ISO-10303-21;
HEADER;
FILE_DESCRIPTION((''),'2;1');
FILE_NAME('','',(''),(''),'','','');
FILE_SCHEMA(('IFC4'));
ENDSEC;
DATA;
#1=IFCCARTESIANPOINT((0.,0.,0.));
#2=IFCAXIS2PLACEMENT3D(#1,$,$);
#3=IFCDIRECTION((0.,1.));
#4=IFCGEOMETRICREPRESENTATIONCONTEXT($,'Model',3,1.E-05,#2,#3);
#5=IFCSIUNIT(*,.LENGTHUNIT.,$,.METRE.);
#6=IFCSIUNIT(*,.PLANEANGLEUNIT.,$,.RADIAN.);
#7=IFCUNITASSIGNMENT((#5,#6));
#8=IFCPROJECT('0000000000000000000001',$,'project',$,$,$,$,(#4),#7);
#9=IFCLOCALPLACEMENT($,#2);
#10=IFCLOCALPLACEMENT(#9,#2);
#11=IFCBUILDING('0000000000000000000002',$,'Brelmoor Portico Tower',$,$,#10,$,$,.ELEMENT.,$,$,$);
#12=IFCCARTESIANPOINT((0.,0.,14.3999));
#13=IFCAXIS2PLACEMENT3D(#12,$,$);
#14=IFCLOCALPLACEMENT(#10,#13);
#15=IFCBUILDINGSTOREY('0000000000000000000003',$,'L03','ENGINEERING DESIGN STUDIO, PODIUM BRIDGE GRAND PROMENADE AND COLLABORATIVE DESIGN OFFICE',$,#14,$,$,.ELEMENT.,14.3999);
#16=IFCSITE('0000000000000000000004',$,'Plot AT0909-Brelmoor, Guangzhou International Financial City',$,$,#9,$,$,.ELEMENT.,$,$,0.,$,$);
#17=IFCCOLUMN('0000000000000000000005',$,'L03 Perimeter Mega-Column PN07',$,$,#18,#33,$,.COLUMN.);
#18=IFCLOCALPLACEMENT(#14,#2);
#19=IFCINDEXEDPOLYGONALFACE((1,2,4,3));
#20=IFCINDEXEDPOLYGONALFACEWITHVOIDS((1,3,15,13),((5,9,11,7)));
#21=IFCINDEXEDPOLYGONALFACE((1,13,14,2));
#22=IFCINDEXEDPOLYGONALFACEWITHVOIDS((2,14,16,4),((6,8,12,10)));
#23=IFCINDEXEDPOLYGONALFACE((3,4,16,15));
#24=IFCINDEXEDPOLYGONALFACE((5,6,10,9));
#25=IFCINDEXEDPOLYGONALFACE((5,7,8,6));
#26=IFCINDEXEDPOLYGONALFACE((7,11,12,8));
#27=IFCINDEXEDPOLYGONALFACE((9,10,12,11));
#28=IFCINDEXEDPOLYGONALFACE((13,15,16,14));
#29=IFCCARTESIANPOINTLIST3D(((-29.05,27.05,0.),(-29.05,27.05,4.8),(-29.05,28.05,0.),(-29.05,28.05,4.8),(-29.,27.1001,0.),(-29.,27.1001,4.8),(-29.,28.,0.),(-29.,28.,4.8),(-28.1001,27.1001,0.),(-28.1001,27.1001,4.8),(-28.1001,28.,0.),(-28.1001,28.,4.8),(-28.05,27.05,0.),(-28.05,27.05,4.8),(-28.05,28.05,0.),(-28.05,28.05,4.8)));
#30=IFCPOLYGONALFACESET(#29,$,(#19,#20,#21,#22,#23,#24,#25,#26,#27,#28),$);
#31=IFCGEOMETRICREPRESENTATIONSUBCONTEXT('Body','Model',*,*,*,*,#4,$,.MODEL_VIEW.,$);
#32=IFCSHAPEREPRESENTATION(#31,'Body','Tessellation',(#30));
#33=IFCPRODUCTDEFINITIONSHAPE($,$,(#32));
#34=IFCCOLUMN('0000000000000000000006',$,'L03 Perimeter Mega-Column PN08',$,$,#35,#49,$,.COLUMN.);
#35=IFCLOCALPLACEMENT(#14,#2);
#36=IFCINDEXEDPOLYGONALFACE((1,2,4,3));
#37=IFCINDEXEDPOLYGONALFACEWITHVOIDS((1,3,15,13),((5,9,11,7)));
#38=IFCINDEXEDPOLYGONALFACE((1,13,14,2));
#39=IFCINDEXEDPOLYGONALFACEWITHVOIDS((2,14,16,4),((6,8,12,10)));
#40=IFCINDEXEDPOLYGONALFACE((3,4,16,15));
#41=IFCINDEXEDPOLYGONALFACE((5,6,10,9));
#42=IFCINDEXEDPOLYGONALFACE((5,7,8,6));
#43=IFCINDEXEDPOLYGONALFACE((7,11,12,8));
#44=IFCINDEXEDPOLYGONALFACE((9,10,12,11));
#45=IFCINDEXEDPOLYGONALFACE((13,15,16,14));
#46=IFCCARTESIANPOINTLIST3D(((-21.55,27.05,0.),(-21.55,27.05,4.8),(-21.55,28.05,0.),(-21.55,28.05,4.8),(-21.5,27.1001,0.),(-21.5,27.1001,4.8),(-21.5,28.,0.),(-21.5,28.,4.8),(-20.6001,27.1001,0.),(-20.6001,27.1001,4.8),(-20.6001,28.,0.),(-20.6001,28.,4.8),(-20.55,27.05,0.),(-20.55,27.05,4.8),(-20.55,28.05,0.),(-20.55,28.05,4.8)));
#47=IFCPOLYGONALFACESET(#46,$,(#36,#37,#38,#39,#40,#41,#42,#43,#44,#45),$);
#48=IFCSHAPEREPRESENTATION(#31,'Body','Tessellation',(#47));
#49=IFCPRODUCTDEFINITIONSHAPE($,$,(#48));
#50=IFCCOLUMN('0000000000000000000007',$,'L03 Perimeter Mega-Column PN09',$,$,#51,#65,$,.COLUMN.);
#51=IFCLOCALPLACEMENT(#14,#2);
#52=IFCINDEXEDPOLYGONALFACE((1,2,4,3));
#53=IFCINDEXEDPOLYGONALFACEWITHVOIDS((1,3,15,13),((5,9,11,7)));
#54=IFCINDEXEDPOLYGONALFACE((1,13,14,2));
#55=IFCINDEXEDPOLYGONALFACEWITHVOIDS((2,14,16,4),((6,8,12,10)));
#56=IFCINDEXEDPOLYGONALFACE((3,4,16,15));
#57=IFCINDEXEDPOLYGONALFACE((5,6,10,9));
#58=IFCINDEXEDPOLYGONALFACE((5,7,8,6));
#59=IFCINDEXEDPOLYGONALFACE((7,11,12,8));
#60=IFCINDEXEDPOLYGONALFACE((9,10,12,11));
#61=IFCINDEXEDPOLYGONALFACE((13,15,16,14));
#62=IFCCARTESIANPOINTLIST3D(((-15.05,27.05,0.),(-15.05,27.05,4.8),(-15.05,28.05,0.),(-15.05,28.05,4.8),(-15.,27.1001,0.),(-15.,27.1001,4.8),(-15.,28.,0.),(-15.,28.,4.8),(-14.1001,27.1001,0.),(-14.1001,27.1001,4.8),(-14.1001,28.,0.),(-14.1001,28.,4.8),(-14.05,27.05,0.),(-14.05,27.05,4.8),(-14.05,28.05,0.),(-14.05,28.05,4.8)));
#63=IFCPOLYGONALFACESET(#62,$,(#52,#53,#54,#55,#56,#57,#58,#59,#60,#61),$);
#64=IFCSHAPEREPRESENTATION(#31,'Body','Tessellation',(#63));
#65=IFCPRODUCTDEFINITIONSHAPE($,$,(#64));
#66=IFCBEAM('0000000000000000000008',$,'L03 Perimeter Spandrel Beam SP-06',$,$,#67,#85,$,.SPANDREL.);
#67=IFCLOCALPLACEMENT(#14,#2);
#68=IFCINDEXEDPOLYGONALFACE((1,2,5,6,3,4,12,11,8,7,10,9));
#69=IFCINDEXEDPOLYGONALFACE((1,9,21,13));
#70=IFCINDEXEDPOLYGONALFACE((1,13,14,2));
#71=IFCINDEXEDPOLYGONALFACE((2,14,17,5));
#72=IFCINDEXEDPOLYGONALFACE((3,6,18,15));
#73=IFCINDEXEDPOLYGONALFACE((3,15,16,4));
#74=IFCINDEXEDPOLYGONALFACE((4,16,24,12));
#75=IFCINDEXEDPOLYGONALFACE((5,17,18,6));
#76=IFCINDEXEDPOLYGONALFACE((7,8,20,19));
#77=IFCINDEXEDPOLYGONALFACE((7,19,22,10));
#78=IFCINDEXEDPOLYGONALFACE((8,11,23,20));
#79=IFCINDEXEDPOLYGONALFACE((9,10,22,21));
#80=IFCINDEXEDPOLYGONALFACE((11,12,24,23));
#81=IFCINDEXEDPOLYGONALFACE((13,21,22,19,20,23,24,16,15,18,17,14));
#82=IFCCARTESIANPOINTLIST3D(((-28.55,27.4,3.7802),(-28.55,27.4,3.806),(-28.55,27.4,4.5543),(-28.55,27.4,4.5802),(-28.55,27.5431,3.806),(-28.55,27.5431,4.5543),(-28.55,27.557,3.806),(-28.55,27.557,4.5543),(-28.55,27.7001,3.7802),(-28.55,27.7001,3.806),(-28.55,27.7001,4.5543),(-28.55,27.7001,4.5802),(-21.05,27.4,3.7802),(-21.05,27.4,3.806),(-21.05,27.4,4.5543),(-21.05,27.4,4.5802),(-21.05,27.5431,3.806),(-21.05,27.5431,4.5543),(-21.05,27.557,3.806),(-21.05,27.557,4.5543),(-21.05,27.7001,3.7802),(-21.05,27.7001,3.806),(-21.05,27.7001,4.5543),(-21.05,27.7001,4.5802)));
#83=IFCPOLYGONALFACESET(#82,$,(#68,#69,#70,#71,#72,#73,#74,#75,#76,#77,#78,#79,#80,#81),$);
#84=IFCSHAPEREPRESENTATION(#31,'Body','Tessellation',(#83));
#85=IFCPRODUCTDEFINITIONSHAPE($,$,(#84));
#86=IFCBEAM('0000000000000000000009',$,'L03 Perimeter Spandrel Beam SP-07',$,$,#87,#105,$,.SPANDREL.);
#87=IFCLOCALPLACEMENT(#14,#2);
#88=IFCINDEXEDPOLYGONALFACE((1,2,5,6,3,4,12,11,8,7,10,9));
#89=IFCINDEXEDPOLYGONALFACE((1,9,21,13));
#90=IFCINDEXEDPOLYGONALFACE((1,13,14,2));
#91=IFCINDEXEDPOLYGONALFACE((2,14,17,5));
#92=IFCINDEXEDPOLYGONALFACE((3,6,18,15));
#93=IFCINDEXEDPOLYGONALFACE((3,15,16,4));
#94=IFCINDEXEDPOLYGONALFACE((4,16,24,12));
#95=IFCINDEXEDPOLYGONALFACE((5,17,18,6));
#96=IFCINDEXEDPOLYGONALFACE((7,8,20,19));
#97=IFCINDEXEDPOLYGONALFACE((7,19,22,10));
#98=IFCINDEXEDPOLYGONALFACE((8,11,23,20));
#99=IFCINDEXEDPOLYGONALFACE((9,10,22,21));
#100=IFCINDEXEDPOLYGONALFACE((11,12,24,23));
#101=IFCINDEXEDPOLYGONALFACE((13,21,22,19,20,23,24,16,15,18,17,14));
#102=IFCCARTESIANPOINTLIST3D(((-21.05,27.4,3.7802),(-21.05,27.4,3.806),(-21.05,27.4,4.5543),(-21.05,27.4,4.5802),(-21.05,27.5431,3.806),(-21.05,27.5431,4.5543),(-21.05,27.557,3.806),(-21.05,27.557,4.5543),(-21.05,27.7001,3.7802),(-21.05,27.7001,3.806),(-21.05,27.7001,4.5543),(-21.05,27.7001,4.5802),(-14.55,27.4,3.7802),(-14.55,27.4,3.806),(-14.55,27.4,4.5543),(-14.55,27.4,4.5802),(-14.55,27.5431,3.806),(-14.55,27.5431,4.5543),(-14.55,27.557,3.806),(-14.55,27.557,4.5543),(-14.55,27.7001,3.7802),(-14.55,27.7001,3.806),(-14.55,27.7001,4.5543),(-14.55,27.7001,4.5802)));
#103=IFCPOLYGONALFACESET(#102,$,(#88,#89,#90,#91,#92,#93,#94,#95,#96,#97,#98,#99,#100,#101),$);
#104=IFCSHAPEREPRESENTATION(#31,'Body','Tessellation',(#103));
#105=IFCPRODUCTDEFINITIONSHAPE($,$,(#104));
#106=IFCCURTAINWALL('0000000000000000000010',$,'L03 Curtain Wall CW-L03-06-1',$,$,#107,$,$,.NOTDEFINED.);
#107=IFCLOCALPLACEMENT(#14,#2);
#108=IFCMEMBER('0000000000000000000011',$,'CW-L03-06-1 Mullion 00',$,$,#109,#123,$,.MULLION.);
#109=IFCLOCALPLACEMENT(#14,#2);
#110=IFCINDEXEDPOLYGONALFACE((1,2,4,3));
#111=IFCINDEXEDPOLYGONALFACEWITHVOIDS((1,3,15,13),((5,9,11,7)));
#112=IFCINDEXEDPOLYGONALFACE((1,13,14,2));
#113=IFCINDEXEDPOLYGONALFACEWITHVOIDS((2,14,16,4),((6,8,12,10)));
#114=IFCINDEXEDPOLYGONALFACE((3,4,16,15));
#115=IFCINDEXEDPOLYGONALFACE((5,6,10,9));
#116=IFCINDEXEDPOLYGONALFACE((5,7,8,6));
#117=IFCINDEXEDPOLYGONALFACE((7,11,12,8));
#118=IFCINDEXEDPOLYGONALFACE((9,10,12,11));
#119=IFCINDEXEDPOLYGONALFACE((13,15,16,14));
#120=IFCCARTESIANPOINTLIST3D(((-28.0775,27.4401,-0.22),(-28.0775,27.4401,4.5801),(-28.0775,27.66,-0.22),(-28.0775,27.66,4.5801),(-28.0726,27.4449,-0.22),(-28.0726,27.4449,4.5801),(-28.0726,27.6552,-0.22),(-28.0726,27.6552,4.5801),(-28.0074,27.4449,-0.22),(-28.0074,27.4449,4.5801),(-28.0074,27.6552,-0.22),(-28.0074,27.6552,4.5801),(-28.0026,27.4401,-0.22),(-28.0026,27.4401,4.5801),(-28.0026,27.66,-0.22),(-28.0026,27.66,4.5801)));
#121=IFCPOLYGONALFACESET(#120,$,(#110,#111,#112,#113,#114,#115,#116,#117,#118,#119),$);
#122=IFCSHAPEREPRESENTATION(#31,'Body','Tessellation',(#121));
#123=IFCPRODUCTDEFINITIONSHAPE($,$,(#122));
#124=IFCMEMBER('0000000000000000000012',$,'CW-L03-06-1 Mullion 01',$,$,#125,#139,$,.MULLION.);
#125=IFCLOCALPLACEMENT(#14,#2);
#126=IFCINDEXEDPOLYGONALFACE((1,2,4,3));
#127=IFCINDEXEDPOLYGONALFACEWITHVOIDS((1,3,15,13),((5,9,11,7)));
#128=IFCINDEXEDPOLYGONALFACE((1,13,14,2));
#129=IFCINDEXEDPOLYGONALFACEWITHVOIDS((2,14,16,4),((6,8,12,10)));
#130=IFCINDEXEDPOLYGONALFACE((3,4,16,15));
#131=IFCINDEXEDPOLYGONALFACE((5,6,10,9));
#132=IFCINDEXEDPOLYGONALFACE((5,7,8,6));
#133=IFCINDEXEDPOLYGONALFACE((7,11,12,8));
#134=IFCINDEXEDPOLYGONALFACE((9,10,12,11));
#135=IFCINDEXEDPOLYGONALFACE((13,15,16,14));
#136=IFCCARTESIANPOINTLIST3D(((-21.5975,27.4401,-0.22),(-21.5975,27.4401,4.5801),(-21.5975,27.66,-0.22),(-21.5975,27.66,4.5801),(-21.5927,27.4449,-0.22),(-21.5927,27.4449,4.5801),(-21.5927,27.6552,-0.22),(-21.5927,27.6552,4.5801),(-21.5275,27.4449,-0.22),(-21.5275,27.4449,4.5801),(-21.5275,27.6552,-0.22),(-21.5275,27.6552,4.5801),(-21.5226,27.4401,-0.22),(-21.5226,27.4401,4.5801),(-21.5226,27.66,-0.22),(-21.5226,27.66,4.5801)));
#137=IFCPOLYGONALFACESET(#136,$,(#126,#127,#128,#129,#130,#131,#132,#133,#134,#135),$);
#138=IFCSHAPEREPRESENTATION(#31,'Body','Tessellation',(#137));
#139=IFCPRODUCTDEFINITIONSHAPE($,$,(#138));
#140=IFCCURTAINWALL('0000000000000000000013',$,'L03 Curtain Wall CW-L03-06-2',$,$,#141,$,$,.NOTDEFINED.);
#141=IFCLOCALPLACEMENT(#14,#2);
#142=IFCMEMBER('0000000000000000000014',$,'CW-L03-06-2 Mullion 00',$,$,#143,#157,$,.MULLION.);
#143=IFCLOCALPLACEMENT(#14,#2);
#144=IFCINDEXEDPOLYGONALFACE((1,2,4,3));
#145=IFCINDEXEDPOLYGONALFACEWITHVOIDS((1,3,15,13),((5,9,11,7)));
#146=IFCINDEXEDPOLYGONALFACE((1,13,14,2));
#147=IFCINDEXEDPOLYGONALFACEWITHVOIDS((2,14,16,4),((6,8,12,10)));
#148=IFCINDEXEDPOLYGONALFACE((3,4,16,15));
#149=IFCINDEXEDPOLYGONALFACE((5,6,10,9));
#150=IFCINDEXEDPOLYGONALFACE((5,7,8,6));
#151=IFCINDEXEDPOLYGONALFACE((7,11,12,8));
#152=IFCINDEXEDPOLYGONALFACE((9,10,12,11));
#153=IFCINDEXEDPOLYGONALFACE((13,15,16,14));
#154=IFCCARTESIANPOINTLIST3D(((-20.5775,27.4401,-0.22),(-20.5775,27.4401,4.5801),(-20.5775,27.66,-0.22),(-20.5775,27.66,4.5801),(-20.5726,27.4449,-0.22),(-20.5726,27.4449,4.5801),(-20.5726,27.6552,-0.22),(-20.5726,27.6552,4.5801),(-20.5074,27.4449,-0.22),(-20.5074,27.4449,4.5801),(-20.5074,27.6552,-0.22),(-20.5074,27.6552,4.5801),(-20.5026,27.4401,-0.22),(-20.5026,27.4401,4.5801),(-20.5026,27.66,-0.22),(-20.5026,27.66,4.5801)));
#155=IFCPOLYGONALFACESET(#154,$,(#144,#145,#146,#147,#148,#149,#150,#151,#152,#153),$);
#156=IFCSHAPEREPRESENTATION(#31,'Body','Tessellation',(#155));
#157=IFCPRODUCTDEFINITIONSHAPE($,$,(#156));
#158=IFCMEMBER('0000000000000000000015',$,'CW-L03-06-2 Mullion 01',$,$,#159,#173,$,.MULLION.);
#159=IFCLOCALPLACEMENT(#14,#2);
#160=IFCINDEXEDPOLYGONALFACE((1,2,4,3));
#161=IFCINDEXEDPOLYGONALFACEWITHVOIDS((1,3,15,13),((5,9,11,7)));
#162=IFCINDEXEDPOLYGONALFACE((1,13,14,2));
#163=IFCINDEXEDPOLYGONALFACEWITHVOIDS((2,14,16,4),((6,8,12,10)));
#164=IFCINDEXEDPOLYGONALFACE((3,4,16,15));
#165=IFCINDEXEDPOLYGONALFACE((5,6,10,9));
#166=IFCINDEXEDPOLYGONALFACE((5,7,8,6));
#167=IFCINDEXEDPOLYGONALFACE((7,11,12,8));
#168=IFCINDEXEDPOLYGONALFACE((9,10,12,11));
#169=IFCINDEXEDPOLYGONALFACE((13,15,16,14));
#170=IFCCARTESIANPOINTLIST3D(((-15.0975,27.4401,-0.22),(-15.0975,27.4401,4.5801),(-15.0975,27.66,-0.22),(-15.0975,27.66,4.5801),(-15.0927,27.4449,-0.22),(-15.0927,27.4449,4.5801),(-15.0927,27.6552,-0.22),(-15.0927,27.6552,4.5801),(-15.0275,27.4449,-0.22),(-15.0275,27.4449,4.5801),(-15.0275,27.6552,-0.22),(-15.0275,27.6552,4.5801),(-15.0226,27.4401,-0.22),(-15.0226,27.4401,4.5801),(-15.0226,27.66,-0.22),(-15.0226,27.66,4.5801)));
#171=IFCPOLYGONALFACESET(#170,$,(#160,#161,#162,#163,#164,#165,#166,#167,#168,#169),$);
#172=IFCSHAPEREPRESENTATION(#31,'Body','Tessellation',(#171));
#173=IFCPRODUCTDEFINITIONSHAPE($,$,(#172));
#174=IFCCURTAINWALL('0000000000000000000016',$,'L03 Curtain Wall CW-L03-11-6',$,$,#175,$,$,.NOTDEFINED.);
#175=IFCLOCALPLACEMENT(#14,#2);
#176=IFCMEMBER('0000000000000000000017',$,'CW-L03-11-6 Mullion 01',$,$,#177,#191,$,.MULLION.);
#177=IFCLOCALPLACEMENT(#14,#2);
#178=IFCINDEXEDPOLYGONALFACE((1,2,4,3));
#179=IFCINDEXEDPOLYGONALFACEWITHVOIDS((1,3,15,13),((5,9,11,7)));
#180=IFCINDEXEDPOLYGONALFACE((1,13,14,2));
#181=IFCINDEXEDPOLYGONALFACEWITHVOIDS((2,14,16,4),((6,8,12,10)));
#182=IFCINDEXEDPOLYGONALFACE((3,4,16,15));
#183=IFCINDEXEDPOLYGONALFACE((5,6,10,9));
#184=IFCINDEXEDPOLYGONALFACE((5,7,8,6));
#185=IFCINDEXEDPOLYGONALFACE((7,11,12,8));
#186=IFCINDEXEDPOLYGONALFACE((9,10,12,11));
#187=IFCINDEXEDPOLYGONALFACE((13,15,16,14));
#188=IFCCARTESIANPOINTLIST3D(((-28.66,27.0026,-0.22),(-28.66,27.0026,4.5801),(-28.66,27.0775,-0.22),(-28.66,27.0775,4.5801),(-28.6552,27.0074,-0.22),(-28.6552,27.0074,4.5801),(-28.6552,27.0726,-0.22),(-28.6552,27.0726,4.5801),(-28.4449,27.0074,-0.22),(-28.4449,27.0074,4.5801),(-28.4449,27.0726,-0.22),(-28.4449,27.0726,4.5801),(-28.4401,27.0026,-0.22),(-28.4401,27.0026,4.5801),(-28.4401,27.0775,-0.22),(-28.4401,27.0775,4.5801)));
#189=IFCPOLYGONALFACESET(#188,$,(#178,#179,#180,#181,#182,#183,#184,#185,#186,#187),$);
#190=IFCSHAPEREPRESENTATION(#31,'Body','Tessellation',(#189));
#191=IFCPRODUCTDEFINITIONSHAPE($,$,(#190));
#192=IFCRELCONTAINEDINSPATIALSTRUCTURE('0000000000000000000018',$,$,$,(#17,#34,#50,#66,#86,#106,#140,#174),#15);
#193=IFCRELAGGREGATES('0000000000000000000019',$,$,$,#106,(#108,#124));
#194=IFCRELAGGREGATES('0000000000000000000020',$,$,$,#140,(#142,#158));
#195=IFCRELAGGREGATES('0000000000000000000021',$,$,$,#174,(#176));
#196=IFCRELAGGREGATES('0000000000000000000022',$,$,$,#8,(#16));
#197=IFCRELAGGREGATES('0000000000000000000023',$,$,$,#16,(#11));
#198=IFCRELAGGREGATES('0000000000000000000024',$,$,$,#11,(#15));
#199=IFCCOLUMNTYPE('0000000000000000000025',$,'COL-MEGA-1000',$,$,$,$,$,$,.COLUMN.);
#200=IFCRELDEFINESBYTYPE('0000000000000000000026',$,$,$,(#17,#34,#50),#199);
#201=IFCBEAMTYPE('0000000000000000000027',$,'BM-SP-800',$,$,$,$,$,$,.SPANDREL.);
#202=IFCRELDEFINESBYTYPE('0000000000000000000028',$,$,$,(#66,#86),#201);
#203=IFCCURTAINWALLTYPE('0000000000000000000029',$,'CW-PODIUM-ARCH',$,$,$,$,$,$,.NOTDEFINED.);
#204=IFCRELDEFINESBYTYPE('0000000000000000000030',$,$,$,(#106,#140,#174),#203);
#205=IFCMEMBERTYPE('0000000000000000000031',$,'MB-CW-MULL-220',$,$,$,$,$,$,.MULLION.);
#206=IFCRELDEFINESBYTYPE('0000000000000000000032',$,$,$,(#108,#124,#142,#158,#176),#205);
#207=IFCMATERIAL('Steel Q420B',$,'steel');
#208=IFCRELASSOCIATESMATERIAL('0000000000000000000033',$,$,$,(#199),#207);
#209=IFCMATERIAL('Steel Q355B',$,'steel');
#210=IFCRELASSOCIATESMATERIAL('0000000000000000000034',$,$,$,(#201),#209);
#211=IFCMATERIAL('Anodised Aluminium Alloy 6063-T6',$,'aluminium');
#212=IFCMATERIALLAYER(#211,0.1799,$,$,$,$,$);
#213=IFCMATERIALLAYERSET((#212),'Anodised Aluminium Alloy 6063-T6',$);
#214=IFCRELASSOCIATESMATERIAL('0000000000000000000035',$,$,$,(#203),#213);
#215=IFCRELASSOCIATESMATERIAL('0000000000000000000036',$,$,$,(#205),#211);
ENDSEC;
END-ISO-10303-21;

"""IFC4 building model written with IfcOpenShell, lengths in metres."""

from ifc_helpers import new_model, si_unit, direction, frame, origin, origin_2d, place, context, subcontext, project, spatial, hollow_rectangle, i_section, extrude, material, layer, layer_set, material_profile, profile_set, type_object, element, aggregate, save


model = new_model("IFC4")

# Units and contexts
model_context = context("Model", 3, precision=1e-05, world=origin(), true_north=direction((0.0, 1.0)))
body_context = subcontext(model_context, "Body", "Model", "MODEL_VIEW")
ifc_project = project(units=[si_unit("LENGTHUNIT", "METRE"), si_unit("PLANEANGLEUNIT", "RADIAN")], contexts=[model_context])

# Site, building, storey
site_placement = place(None, origin())
site = spatial("IfcSite", under=ifc_project, at=site_placement, Name="Plot AT0909-Brelmoor, Guangzhou International Financial City", CompositionType="ELEMENT", RefElevation=0.0)
building_placement = place(site_placement, origin())
building = spatial("IfcBuilding", under=site, at=building_placement, Name="Brelmoor Portico Tower", CompositionType="ELEMENT")
storey_placement = place(building_placement, frame((0.0, 0.0, 14.3999)))
storey = spatial("IfcBuildingStorey", under=building, at=storey_placement, Name="L03", Description="ENGINEERING DESIGN STUDIO, PODIUM BRIDGE GRAND PROMENADE AND COLLABORATIVE DESIGN OFFICE", CompositionType="ELEMENT", Elevation=14.3999)

# Columns
ifc_material_1 = material(Name="Steel Q420B", Category="steel")
ifc_material_profile_1 = material_profile(ifc_material_1, hollow_rectangle(XDim=1.0, YDim=1.0, WallThickness=0.05, at=origin_2d()), Name="BOX 1000x1000x50")
ifc_profile_set_1 = profile_set([ifc_material_profile_1], Name="Steel Q420B")
column_type = type_object("IfcColumnType", Name="COL-MEGA-1000", PredefinedType="COLUMN", material=ifc_profile_set_1)
for number, where, z_axis, x_axis, name in (
    (1, (-28.55, 27.55, 0.0), (0.0, 0.0, 1.0), (1.0, 0.0, 0.0), "L03 Perimeter Mega-Column PN07"),
    (2, (-21.05, 27.55, 0.0), (0.0, 0.0, 1.0), (1.0, 0.0, 0.0), "L03 Perimeter Mega-Column PN08"),
    (3, (-14.55, 27.55, 0.0), (0.0, 0.0, 1.0), (1.0, 0.0, 0.0), "L03 Perimeter Mega-Column PN09"),
):
    element("IfcColumn", number, at=place(storey_placement, frame(where, z_axis=z_axis, x_axis=x_axis)), inside=storey, type_object=column_type, Name=name, PredefinedType="COLUMN", context=body_context, shape_type="SweptSolid", body=[
        extrude(hollow_rectangle(XDim=1.0, YDim=1.0, WallThickness=0.05, at=origin_2d()), origin(), (0.0, 0.0, 1.0), 4.8),
    ])

# Beams
ifc_material_2 = material(Name="Steel Q355B", Category="steel")
ifc_material_profile_2 = material_profile(ifc_material_2, i_section(OverallWidth=0.3, OverallDepth=0.8, WebThickness=0.0139, FlangeThickness=0.0259, at=origin_2d()), Name="HN 800x300x14x26")
ifc_profile_set_2 = profile_set([ifc_material_profile_2], Name="Steel Q355B")
beam_type = type_object("IfcBeamType", Name="BM-SP-800", PredefinedType="SPANDREL", material=ifc_profile_set_2)
beam_1_placement = place(storey_placement, frame((-28.55, 27.55, 4.1802), z_axis=(1.0, 0.0, 0.0), x_axis=(0.0, 1.0, 0.0)))
element("IfcBeam", 4, at=beam_1_placement, inside=storey, type_object=beam_type, Name="L03 Perimeter Spandrel Beam SP-06", PredefinedType="SPANDREL", context=body_context, shape_type="SweptSolid", body=[
    extrude(i_section(OverallWidth=0.3, OverallDepth=0.8, WebThickness=0.0139, FlangeThickness=0.0259, at=origin_2d()), origin(), (0.0, 0.0, 1.0), 7.5),
])
beam_2_placement = place(storey_placement, frame((-21.05, 27.55, 4.1802), z_axis=(1.0, 0.0, 0.0), x_axis=(0.0, 1.0, 0.0)))
element("IfcBeam", 5, at=beam_2_placement, inside=storey, type_object=beam_type, Name="L03 Perimeter Spandrel Beam SP-07", PredefinedType="SPANDREL", context=body_context, shape_type="SweptSolid", body=[
    extrude(i_section(OverallWidth=0.3, OverallDepth=0.8, WebThickness=0.0139, FlangeThickness=0.0259, at=origin_2d()), origin(), (0.0, 0.0, 1.0), 6.5),
])

# Curtain walls, members
ifc_material_3 = material(Name="Anodised Aluminium Alloy 6063-T6", Category="aluminium")
ifc_layer_1 = layer(ifc_material_3, 0.1799)
ifc_layer_set_1 = layer_set([ifc_layer_1], Name="Anodised Aluminium Alloy 6063-T6")
curtain_wall_type = type_object("IfcCurtainWallType", Name="CW-PODIUM-ARCH", PredefinedType="NOTDEFINED", material=ifc_layer_set_1)
curtain_wall_1_placement = place(storey_placement, origin())
curtain_wall_1 = element("IfcCurtainWall", 6, at=curtain_wall_1_placement, inside=storey, type_object=curtain_wall_type, Name="L03 Curtain Wall CW-L03-06-1", PredefinedType="NOTDEFINED")
ifc_material_profile_3 = material_profile(ifc_material_3, hollow_rectangle(XDim=0.075, YDim=0.22, WallThickness=0.0049, at=origin_2d()), Name="ALU MULLION 75x220")
ifc_profile_set_3 = profile_set([ifc_material_profile_3], Name="Anodised Aluminium Alloy 6063-T6")
member_type_1 = type_object("IfcMemberType", Name="MB-CW-MULL-220", PredefinedType="MULLION", material=ifc_profile_set_3)
member_1_placement = place(storey_placement, frame((-28.04, 27.55, -0.22), z_axis=(0.0, 0.0, 1.0), x_axis=(1.0, 0.0, 0.0)))
member_1 = element("IfcMember", 7, at=member_1_placement, type_object=member_type_1, Name="CW-L03-06-1 Mullion 00", PredefinedType="MULLION", context=body_context, shape_type="SweptSolid", body=[
    extrude(hollow_rectangle(XDim=0.075, YDim=0.22, WallThickness=0.0049, at=origin_2d()), origin(), (0.0, 0.0, 1.0), 4.8),
])
member_2_placement = place(storey_placement, frame((-21.5601, 27.55, -0.22), z_axis=(0.0, 0.0, 1.0), x_axis=(1.0, 0.0, 0.0)))
member_2 = element("IfcMember", 8, at=member_2_placement, type_object=member_type_1, Name="CW-L03-06-1 Mullion 01", PredefinedType="MULLION", context=body_context, shape_type="SweptSolid", body=[
    extrude(hollow_rectangle(XDim=0.075, YDim=0.22, WallThickness=0.0049, at=origin_2d()), origin(), (0.0, 0.0, 1.0), 4.8),
])
curtain_wall_2_placement = place(storey_placement, origin())
curtain_wall_2 = element("IfcCurtainWall", 9, at=curtain_wall_2_placement, inside=storey, type_object=curtain_wall_type, Name="L03 Curtain Wall CW-L03-06-2", PredefinedType="NOTDEFINED")
member_3_placement = place(storey_placement, frame((-20.54, 27.55, -0.22), z_axis=(0.0, 0.0, 1.0), x_axis=(1.0, 0.0, 0.0)))
member_3 = element("IfcMember", 10, at=member_3_placement, type_object=member_type_1, Name="CW-L03-06-2 Mullion 00", PredefinedType="MULLION", context=body_context, shape_type="SweptSolid", body=[
    extrude(hollow_rectangle(XDim=0.075, YDim=0.22, WallThickness=0.0049, at=origin_2d()), origin(), (0.0, 0.0, 1.0), 4.8),
])
member_4_placement = place(storey_placement, frame((-15.0601, 27.55, -0.22), z_axis=(0.0, 0.0, 1.0), x_axis=(1.0, 0.0, 0.0)))
member_4 = element("IfcMember", 11, at=member_4_placement, type_object=member_type_1, Name="CW-L03-06-2 Mullion 01", PredefinedType="MULLION", context=body_context, shape_type="SweptSolid", body=[
    extrude(hollow_rectangle(XDim=0.075, YDim=0.22, WallThickness=0.0049, at=origin_2d()), origin(), (0.0, 0.0, 1.0), 4.8),
])

# Curtain wall, member
curtain_wall_3_placement = place(storey_placement, origin())
curtain_wall_3 = element("IfcCurtainWall", 12, at=curtain_wall_3_placement, inside=storey, type_object=curtain_wall_type, Name="L03 Curtain Wall CW-L03-11-6", PredefinedType="NOTDEFINED")
member_5_placement = place(storey_placement, frame((-28.55, 27.04, -0.22), z_axis=(0.0, 0.0, 1.0), x_axis=(0.0, 1.0, 0.0)))
member_5 = element("IfcMember", 13, at=member_5_placement, type_object=member_type_1, Name="CW-L03-11-6 Mullion 01", PredefinedType="MULLION", context=body_context, shape_type="SweptSolid", body=[
    extrude(hollow_rectangle(XDim=0.075, YDim=0.22, WallThickness=0.0049, at=origin_2d()), origin(), (0.0, 0.0, 1.0), 4.8),
])

aggregate(curtain_wall_1, [member_1, member_2])
aggregate(curtain_wall_2, [member_3, member_4])
aggregate(curtain_wall_3, [member_5])

save(model, "model.ifc")
